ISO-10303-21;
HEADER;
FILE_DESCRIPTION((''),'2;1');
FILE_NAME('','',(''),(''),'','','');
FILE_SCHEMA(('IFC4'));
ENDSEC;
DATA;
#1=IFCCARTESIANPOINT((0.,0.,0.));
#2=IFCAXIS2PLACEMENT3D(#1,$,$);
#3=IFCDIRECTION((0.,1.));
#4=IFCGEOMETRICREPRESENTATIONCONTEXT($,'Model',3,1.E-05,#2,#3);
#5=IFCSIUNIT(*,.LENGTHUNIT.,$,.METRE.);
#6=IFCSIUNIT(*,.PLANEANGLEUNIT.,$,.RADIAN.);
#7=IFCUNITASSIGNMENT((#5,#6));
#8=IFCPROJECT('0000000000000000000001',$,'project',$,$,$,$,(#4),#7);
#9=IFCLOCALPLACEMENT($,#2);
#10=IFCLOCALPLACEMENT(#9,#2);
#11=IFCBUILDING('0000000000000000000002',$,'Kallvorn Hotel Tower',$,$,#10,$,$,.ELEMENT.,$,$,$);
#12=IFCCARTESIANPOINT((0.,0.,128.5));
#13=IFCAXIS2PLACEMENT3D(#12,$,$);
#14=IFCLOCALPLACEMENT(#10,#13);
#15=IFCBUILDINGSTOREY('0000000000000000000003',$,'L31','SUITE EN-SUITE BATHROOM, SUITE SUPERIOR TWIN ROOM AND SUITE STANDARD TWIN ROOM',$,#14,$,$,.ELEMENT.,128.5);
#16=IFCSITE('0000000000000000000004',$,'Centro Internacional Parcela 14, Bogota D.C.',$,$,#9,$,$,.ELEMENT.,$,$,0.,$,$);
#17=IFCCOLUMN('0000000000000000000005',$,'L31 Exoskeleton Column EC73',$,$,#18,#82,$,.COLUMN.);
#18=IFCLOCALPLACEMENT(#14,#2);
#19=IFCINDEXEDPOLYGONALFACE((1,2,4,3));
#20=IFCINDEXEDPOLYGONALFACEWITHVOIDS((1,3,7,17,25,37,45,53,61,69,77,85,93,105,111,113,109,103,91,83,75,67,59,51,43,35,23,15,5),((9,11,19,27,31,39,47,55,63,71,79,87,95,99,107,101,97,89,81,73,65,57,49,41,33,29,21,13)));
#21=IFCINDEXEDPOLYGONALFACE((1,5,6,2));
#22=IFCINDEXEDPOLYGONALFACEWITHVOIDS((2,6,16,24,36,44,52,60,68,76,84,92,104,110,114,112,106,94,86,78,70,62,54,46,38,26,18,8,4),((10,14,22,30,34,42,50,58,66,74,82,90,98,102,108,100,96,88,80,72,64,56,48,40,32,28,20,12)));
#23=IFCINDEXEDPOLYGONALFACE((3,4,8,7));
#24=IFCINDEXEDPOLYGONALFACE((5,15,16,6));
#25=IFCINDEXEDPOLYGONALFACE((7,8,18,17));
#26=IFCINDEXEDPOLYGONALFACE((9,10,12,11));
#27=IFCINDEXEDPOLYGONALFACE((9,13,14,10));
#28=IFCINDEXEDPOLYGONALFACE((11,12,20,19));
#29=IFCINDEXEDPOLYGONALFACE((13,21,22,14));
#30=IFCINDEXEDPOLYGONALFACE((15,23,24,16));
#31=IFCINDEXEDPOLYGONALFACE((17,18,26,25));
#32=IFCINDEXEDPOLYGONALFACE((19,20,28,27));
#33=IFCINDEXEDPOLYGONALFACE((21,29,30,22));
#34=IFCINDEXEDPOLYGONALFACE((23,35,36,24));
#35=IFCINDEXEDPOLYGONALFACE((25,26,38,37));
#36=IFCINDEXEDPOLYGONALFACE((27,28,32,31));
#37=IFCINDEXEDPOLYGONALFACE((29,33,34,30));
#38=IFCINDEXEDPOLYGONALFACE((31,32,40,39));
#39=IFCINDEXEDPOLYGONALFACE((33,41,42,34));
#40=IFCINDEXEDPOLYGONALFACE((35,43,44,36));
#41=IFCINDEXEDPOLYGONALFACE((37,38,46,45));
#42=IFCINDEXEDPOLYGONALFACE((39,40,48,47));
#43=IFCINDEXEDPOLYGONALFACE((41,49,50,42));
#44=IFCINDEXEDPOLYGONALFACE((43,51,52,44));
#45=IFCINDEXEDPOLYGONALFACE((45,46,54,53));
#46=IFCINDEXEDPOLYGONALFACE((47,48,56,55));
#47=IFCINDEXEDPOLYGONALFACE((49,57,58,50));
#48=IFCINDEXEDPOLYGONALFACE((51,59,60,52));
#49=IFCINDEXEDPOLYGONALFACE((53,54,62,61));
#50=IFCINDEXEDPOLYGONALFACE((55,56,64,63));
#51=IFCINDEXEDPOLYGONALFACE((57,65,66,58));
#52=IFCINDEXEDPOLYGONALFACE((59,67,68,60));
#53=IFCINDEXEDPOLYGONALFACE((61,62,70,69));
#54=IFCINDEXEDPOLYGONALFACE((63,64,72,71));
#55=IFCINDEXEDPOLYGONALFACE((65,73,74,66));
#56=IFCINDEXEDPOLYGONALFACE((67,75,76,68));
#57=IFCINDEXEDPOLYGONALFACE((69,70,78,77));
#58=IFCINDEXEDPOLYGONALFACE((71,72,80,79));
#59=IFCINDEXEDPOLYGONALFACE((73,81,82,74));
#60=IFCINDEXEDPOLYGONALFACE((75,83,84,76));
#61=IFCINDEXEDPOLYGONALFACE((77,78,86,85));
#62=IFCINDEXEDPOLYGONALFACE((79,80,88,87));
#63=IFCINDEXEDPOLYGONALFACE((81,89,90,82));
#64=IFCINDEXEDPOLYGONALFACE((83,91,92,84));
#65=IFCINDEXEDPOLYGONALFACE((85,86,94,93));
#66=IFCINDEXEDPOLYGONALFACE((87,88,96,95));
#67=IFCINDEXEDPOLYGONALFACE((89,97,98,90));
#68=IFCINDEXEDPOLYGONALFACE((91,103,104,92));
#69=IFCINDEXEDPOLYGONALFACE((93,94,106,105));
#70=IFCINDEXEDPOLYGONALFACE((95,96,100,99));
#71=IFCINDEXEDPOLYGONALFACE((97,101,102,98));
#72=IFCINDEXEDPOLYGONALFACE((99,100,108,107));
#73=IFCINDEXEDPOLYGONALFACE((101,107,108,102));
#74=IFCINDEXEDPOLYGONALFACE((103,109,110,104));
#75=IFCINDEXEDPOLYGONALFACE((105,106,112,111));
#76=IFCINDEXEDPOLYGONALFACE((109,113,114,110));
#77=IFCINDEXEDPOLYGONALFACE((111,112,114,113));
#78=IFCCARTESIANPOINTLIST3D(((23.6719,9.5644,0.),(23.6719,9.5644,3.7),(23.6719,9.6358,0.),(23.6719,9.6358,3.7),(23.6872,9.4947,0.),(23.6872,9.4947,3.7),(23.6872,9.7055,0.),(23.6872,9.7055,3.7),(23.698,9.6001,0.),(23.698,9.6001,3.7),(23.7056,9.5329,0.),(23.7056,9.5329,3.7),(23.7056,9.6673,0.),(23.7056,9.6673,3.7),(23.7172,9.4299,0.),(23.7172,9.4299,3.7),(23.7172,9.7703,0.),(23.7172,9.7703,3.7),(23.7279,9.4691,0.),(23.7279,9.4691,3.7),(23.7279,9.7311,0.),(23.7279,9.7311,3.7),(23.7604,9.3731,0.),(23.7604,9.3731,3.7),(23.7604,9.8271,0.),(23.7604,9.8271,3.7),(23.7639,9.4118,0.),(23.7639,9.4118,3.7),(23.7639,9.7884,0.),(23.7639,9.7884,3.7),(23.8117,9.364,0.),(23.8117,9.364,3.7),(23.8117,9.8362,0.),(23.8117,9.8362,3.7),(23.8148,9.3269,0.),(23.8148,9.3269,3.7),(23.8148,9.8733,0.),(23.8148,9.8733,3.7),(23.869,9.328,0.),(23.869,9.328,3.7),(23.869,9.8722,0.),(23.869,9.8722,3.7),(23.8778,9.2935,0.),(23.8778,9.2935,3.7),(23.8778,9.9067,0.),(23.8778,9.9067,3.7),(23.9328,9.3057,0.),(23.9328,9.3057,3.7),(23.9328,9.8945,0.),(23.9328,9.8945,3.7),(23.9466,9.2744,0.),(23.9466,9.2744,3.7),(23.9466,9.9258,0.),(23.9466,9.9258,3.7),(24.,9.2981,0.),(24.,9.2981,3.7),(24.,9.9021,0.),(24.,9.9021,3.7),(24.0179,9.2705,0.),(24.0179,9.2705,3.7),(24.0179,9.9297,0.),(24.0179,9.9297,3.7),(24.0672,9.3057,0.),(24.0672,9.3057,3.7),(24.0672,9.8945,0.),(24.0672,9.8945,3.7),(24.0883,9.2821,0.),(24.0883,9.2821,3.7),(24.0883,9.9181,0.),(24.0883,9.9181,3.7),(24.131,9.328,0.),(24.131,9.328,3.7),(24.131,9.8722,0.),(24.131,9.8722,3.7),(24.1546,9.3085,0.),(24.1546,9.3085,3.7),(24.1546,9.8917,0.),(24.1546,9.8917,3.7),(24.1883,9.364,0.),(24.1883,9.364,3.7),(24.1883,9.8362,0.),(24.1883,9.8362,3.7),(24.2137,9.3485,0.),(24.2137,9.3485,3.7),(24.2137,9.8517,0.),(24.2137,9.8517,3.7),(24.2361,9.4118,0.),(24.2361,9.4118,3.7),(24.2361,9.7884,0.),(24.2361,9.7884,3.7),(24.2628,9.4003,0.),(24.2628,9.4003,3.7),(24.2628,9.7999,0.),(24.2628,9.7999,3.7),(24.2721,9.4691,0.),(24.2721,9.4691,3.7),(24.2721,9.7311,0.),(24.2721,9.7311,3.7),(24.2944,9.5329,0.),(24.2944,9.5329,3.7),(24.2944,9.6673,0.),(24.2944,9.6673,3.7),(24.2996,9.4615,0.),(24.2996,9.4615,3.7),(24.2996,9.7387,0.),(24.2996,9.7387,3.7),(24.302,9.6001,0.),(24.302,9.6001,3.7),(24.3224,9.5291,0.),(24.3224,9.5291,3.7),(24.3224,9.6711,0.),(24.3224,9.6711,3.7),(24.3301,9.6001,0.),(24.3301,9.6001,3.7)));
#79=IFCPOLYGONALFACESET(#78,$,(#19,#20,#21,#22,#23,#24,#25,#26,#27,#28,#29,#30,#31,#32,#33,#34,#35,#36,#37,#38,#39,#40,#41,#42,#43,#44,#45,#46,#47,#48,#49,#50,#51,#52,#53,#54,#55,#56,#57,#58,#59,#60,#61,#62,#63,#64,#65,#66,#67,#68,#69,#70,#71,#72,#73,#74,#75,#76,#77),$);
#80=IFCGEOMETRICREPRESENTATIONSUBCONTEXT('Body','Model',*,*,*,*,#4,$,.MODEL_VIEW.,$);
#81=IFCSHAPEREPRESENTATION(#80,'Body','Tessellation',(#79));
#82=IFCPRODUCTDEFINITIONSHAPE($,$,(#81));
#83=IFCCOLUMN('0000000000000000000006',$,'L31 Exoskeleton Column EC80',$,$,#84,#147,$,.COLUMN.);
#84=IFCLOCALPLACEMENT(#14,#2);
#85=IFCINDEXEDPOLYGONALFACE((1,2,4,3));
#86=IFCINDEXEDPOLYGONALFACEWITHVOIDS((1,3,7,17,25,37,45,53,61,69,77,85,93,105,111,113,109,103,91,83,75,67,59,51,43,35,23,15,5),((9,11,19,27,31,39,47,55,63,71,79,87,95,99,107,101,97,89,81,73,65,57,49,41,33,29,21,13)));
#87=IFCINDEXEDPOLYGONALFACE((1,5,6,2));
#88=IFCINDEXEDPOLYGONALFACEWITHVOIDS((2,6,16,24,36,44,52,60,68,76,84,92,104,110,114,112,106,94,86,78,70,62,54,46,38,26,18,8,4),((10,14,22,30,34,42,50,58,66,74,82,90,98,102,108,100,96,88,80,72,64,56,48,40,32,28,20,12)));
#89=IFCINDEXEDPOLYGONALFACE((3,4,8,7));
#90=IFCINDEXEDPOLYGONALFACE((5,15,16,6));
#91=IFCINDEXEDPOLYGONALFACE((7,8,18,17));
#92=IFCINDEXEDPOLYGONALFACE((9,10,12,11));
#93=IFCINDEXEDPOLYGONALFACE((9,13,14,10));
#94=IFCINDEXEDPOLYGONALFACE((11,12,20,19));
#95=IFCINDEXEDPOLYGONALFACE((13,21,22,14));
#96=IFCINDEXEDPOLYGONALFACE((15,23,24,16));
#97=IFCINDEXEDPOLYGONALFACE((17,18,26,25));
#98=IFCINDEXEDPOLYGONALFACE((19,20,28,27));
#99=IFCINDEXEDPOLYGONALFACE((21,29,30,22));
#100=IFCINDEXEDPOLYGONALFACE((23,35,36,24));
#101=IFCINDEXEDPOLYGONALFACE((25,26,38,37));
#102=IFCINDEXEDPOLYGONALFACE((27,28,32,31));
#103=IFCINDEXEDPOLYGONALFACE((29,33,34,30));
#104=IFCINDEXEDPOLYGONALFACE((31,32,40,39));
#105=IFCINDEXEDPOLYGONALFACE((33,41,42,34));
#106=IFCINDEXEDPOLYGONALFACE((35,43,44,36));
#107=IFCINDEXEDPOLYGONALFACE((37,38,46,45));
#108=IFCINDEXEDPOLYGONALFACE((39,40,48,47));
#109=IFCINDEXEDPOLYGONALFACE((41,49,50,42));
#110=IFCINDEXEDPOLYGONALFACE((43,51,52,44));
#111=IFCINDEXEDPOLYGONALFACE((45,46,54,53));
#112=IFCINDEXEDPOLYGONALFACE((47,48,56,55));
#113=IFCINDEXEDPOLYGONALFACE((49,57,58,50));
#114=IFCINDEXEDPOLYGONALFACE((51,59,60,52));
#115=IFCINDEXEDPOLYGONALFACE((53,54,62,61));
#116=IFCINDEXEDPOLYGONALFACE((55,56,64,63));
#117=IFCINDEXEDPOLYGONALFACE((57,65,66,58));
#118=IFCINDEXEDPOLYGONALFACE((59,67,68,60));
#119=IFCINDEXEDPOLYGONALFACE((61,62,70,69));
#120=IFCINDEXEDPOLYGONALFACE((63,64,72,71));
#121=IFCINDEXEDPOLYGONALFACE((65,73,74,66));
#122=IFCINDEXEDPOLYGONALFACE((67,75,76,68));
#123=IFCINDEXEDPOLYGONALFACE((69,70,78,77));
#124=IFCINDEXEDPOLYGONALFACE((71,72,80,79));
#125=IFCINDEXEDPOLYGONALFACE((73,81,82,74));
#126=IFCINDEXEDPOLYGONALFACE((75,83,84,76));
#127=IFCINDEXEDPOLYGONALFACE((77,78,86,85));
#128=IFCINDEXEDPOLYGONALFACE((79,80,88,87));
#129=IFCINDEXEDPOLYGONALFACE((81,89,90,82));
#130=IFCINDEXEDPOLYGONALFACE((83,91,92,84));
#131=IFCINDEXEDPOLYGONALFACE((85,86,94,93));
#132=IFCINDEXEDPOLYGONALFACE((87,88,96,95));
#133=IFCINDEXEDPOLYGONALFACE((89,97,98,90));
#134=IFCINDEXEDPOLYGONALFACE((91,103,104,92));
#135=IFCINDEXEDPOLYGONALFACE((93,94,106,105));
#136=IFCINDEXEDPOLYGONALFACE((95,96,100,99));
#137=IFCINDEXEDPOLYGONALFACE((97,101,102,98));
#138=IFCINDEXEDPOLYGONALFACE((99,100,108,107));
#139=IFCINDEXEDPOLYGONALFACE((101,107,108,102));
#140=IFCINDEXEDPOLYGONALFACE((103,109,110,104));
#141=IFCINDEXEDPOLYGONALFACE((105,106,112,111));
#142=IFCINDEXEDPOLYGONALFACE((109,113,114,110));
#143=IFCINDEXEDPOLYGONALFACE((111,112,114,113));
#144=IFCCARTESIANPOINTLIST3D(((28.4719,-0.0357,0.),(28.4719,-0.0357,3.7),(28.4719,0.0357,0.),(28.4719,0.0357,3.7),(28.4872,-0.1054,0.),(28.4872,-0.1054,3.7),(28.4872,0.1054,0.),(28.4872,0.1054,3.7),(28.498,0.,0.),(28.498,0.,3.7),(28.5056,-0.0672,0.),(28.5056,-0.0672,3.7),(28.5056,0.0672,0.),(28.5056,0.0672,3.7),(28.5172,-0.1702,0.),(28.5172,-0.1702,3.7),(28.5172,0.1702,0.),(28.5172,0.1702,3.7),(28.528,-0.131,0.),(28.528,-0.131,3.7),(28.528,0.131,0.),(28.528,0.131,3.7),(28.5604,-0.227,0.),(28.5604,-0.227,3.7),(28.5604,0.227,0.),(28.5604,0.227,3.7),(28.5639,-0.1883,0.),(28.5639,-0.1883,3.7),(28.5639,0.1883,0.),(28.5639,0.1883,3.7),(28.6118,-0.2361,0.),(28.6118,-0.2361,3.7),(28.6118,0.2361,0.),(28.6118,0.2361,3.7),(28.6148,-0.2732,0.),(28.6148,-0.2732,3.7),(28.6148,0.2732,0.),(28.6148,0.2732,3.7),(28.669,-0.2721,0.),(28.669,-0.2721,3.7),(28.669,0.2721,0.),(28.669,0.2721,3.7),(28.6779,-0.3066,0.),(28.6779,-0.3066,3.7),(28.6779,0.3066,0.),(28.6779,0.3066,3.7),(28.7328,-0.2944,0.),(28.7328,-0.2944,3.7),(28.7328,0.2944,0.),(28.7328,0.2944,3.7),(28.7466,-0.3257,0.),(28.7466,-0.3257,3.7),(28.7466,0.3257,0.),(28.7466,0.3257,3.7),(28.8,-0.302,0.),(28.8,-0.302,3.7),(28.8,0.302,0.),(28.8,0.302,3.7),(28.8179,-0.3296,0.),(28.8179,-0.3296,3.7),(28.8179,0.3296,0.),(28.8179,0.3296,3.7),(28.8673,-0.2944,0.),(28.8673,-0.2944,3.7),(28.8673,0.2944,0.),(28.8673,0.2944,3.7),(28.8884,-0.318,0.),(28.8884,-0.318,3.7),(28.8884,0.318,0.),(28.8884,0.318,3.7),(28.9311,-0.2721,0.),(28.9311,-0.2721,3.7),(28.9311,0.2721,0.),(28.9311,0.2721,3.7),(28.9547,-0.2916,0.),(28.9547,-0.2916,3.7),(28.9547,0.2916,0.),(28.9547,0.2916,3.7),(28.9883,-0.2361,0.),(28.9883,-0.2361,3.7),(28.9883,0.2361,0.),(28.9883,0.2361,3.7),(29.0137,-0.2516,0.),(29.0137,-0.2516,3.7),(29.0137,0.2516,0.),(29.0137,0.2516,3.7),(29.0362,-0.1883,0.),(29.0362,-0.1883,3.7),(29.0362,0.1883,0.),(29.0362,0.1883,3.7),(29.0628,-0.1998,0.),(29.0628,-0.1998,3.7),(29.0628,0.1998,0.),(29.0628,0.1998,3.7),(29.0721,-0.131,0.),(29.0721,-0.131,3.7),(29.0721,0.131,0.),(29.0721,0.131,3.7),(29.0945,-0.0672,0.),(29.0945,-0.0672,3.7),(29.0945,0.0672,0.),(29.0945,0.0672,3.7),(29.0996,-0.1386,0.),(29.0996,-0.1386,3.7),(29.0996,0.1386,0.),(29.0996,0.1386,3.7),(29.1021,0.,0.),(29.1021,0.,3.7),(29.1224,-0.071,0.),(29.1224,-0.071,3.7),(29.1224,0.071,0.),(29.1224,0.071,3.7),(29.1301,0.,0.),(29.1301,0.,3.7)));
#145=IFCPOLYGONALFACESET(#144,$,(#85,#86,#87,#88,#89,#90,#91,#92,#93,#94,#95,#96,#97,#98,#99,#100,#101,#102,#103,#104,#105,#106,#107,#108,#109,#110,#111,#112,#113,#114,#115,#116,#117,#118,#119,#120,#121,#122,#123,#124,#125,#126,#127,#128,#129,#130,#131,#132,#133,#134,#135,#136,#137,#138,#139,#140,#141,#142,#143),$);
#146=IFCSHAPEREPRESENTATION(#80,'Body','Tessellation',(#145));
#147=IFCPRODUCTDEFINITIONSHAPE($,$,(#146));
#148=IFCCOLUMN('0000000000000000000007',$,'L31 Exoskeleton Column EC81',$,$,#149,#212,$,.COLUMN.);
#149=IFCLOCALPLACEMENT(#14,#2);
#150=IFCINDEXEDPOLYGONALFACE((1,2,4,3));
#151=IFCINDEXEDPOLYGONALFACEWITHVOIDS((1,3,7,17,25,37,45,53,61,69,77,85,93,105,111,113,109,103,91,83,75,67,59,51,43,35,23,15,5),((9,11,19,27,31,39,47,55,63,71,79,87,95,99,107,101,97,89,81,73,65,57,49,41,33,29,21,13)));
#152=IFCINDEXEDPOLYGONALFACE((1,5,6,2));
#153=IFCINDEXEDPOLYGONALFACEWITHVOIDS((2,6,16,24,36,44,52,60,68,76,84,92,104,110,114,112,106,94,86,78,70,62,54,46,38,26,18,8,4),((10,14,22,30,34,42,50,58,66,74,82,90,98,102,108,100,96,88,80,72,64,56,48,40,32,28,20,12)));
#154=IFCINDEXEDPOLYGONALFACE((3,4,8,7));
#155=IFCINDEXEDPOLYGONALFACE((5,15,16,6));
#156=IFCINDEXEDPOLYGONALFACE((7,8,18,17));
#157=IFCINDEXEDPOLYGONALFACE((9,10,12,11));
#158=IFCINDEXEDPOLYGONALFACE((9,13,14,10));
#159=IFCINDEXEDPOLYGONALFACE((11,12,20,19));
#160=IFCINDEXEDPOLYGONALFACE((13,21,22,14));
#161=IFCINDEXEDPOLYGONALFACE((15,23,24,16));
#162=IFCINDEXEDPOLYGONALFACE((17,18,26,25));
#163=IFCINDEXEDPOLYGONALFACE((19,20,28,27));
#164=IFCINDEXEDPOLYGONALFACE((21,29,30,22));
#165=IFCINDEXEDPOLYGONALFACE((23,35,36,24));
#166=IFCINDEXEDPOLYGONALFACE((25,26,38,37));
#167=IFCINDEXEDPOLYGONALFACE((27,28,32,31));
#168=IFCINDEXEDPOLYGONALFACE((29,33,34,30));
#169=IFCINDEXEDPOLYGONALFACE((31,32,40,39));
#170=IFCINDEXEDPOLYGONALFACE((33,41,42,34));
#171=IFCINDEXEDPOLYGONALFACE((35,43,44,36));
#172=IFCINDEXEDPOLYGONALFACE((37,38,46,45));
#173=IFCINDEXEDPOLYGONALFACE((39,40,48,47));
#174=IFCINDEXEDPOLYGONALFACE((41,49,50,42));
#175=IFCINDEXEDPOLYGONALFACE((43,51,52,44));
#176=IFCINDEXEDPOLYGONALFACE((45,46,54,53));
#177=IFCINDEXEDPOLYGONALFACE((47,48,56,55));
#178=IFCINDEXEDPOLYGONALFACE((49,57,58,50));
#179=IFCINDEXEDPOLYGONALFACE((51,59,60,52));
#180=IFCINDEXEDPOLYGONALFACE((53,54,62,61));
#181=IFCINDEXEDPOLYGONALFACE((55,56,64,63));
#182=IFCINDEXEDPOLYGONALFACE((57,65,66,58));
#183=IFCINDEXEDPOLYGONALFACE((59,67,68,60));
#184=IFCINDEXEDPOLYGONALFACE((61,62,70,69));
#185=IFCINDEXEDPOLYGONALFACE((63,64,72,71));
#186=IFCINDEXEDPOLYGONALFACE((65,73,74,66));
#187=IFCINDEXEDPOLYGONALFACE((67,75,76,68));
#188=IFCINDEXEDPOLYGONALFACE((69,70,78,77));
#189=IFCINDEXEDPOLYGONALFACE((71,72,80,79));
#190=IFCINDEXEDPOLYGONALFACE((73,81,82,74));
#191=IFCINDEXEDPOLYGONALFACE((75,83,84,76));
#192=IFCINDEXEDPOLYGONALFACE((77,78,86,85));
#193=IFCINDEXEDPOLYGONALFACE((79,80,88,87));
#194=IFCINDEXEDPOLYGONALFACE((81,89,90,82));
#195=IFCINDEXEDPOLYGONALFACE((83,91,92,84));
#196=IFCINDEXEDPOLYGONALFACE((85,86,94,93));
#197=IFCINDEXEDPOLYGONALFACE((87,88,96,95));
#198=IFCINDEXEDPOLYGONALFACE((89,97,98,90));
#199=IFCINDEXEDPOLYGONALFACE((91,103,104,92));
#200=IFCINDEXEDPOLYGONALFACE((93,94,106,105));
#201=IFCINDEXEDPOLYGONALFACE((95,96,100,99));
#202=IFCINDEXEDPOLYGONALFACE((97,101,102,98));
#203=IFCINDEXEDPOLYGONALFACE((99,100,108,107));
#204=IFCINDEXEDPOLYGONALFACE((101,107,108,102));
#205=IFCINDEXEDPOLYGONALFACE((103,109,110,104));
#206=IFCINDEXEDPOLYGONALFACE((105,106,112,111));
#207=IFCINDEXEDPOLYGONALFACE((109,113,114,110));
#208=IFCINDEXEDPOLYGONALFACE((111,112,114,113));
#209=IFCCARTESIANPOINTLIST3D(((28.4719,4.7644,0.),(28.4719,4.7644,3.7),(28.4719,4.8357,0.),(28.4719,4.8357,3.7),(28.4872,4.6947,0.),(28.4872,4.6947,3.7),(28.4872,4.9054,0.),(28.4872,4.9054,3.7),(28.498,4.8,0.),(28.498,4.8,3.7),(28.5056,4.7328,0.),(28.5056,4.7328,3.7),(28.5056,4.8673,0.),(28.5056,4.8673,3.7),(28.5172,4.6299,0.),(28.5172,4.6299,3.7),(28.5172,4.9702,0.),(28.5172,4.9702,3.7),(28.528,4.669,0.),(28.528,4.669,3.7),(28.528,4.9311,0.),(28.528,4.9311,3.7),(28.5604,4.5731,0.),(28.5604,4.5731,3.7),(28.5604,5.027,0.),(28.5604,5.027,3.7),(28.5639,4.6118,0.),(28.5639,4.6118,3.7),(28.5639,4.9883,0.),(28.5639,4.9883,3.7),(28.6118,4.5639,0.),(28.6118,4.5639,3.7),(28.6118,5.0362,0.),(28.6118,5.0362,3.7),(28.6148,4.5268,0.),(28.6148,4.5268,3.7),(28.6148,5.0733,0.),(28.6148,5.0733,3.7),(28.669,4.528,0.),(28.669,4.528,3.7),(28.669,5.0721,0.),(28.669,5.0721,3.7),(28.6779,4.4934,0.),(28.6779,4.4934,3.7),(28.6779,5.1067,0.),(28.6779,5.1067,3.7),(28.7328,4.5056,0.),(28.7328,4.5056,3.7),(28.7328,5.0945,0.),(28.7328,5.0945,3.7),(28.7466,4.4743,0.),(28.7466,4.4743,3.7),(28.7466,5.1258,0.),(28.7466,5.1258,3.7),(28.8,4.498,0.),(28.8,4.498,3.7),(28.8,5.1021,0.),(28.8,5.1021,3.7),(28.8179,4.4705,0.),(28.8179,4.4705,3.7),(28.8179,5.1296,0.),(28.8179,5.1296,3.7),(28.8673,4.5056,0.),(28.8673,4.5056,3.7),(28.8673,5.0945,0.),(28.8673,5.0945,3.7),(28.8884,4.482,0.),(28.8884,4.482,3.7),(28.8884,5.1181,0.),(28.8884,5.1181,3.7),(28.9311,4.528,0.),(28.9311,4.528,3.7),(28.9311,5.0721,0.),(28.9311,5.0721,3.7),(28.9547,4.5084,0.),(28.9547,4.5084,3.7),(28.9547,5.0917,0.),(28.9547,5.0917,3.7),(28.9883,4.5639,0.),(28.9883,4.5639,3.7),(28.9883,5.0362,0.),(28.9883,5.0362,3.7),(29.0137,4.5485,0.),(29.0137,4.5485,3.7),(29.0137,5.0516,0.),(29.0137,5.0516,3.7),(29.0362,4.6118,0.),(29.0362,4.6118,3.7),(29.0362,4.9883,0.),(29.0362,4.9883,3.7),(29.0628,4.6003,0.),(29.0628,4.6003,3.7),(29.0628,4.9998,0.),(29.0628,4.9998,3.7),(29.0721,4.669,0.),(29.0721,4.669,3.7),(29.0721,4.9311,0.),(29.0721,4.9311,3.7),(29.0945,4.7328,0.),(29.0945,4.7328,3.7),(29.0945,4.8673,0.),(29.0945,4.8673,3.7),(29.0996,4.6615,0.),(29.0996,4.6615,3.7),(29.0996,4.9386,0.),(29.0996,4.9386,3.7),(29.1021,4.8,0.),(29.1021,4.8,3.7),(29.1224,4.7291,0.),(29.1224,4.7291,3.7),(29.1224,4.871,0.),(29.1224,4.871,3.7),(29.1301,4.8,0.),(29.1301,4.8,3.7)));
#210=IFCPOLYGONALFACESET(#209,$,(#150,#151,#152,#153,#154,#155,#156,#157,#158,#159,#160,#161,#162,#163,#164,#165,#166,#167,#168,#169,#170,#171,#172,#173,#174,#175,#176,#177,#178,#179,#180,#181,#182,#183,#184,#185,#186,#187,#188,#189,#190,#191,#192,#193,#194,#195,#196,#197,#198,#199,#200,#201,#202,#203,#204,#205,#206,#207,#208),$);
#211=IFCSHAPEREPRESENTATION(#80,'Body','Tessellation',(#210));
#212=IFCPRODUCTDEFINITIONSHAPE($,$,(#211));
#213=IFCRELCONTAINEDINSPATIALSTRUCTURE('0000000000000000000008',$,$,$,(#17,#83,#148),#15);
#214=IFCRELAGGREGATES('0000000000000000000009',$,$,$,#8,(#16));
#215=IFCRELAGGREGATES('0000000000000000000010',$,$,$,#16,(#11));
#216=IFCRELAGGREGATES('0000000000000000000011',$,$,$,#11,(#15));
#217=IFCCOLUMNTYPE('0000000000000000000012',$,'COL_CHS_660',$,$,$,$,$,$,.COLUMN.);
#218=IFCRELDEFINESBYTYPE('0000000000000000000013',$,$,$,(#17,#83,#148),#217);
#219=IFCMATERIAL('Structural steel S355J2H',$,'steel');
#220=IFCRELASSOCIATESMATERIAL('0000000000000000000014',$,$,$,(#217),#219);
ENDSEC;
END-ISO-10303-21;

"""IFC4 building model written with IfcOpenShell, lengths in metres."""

from ifc_helpers import new_model, si_unit, direction, frame, origin, origin_2d, place, context, subcontext, project, spatial, hollow_circle, extrude, material, material_profile, profile_set, type_object, element, save


model = new_model("IFC4")

# Units and contexts
model_context = context("Model", 3, precision=1e-05, world=origin(), true_north=direction((0.0, 1.0)))
body_context = subcontext(model_context, "Body", "Model", "MODEL_VIEW")
ifc_project = project(units=[si_unit("LENGTHUNIT", "METRE"), si_unit("PLANEANGLEUNIT", "RADIAN")], contexts=[model_context])

# Site, building, storey
site_placement = place(None, origin())
site = spatial("IfcSite", under=ifc_project, at=site_placement, Name="Centro Internacional Parcela 14, Bogota D.C.", CompositionType="ELEMENT", RefElevation=0.0)
building_placement = place(site_placement, origin())
building = spatial("IfcBuilding", under=site, at=building_placement, Name="Kallvorn Hotel Tower", CompositionType="ELEMENT")
storey_placement = place(building_placement, frame((0.0, 0.0, 128.5)))
storey = spatial("IfcBuildingStorey", under=building, at=storey_placement, Name="L31", Description="SUITE EN-SUITE BATHROOM, SUITE SUPERIOR TWIN ROOM AND SUITE STANDARD TWIN ROOM", CompositionType="ELEMENT", Elevation=128.5)

# Columns
ifc_material_1 = material(Name="Structural steel S355J2H", Category="steel")
ifc_material_profile_1 = material_profile(ifc_material_1, hollow_circle(Radius=0.3301, WallThickness=0.0281, at=origin_2d()), Name="CHS 660x28")
ifc_profile_set_1 = profile_set([ifc_material_profile_1], Name="Structural steel S355J2H")
column_type_1 = type_object("IfcColumnType", Name="COL_CHS_660", PredefinedType="COLUMN", material=ifc_profile_set_1)
for number, where, z_axis, x_axis, name in (
    (1, (24.0, 9.6001, 0.0), (0.0, 0.0, 1.0), (1.0, 0.0, 0.0), "L31 Exoskeleton Column EC73"),
    (2, (28.8, 0.0, 0.0), (0.0, 0.0, 1.0), (1.0, 0.0, 0.0), "L31 Exoskeleton Column EC80"),
    (3, (28.8, 4.8, 0.0), (0.0, 0.0, 1.0), (1.0, 0.0, 0.0), "L31 Exoskeleton Column EC81"),
):
    element("IfcColumn", number, at=place(storey_placement, frame(where, z_axis=z_axis, x_axis=x_axis)), inside=storey, type_object=column_type_1, Name=name, PredefinedType="COLUMN", context=body_context, shape_type="SweptSolid", body=[
        extrude(hollow_circle(Radius=0.3301, WallThickness=0.0281, at=origin_2d()), origin(), (0.0, 0.0, 1.0), 3.7),
    ])

save(model, "model.ifc")
